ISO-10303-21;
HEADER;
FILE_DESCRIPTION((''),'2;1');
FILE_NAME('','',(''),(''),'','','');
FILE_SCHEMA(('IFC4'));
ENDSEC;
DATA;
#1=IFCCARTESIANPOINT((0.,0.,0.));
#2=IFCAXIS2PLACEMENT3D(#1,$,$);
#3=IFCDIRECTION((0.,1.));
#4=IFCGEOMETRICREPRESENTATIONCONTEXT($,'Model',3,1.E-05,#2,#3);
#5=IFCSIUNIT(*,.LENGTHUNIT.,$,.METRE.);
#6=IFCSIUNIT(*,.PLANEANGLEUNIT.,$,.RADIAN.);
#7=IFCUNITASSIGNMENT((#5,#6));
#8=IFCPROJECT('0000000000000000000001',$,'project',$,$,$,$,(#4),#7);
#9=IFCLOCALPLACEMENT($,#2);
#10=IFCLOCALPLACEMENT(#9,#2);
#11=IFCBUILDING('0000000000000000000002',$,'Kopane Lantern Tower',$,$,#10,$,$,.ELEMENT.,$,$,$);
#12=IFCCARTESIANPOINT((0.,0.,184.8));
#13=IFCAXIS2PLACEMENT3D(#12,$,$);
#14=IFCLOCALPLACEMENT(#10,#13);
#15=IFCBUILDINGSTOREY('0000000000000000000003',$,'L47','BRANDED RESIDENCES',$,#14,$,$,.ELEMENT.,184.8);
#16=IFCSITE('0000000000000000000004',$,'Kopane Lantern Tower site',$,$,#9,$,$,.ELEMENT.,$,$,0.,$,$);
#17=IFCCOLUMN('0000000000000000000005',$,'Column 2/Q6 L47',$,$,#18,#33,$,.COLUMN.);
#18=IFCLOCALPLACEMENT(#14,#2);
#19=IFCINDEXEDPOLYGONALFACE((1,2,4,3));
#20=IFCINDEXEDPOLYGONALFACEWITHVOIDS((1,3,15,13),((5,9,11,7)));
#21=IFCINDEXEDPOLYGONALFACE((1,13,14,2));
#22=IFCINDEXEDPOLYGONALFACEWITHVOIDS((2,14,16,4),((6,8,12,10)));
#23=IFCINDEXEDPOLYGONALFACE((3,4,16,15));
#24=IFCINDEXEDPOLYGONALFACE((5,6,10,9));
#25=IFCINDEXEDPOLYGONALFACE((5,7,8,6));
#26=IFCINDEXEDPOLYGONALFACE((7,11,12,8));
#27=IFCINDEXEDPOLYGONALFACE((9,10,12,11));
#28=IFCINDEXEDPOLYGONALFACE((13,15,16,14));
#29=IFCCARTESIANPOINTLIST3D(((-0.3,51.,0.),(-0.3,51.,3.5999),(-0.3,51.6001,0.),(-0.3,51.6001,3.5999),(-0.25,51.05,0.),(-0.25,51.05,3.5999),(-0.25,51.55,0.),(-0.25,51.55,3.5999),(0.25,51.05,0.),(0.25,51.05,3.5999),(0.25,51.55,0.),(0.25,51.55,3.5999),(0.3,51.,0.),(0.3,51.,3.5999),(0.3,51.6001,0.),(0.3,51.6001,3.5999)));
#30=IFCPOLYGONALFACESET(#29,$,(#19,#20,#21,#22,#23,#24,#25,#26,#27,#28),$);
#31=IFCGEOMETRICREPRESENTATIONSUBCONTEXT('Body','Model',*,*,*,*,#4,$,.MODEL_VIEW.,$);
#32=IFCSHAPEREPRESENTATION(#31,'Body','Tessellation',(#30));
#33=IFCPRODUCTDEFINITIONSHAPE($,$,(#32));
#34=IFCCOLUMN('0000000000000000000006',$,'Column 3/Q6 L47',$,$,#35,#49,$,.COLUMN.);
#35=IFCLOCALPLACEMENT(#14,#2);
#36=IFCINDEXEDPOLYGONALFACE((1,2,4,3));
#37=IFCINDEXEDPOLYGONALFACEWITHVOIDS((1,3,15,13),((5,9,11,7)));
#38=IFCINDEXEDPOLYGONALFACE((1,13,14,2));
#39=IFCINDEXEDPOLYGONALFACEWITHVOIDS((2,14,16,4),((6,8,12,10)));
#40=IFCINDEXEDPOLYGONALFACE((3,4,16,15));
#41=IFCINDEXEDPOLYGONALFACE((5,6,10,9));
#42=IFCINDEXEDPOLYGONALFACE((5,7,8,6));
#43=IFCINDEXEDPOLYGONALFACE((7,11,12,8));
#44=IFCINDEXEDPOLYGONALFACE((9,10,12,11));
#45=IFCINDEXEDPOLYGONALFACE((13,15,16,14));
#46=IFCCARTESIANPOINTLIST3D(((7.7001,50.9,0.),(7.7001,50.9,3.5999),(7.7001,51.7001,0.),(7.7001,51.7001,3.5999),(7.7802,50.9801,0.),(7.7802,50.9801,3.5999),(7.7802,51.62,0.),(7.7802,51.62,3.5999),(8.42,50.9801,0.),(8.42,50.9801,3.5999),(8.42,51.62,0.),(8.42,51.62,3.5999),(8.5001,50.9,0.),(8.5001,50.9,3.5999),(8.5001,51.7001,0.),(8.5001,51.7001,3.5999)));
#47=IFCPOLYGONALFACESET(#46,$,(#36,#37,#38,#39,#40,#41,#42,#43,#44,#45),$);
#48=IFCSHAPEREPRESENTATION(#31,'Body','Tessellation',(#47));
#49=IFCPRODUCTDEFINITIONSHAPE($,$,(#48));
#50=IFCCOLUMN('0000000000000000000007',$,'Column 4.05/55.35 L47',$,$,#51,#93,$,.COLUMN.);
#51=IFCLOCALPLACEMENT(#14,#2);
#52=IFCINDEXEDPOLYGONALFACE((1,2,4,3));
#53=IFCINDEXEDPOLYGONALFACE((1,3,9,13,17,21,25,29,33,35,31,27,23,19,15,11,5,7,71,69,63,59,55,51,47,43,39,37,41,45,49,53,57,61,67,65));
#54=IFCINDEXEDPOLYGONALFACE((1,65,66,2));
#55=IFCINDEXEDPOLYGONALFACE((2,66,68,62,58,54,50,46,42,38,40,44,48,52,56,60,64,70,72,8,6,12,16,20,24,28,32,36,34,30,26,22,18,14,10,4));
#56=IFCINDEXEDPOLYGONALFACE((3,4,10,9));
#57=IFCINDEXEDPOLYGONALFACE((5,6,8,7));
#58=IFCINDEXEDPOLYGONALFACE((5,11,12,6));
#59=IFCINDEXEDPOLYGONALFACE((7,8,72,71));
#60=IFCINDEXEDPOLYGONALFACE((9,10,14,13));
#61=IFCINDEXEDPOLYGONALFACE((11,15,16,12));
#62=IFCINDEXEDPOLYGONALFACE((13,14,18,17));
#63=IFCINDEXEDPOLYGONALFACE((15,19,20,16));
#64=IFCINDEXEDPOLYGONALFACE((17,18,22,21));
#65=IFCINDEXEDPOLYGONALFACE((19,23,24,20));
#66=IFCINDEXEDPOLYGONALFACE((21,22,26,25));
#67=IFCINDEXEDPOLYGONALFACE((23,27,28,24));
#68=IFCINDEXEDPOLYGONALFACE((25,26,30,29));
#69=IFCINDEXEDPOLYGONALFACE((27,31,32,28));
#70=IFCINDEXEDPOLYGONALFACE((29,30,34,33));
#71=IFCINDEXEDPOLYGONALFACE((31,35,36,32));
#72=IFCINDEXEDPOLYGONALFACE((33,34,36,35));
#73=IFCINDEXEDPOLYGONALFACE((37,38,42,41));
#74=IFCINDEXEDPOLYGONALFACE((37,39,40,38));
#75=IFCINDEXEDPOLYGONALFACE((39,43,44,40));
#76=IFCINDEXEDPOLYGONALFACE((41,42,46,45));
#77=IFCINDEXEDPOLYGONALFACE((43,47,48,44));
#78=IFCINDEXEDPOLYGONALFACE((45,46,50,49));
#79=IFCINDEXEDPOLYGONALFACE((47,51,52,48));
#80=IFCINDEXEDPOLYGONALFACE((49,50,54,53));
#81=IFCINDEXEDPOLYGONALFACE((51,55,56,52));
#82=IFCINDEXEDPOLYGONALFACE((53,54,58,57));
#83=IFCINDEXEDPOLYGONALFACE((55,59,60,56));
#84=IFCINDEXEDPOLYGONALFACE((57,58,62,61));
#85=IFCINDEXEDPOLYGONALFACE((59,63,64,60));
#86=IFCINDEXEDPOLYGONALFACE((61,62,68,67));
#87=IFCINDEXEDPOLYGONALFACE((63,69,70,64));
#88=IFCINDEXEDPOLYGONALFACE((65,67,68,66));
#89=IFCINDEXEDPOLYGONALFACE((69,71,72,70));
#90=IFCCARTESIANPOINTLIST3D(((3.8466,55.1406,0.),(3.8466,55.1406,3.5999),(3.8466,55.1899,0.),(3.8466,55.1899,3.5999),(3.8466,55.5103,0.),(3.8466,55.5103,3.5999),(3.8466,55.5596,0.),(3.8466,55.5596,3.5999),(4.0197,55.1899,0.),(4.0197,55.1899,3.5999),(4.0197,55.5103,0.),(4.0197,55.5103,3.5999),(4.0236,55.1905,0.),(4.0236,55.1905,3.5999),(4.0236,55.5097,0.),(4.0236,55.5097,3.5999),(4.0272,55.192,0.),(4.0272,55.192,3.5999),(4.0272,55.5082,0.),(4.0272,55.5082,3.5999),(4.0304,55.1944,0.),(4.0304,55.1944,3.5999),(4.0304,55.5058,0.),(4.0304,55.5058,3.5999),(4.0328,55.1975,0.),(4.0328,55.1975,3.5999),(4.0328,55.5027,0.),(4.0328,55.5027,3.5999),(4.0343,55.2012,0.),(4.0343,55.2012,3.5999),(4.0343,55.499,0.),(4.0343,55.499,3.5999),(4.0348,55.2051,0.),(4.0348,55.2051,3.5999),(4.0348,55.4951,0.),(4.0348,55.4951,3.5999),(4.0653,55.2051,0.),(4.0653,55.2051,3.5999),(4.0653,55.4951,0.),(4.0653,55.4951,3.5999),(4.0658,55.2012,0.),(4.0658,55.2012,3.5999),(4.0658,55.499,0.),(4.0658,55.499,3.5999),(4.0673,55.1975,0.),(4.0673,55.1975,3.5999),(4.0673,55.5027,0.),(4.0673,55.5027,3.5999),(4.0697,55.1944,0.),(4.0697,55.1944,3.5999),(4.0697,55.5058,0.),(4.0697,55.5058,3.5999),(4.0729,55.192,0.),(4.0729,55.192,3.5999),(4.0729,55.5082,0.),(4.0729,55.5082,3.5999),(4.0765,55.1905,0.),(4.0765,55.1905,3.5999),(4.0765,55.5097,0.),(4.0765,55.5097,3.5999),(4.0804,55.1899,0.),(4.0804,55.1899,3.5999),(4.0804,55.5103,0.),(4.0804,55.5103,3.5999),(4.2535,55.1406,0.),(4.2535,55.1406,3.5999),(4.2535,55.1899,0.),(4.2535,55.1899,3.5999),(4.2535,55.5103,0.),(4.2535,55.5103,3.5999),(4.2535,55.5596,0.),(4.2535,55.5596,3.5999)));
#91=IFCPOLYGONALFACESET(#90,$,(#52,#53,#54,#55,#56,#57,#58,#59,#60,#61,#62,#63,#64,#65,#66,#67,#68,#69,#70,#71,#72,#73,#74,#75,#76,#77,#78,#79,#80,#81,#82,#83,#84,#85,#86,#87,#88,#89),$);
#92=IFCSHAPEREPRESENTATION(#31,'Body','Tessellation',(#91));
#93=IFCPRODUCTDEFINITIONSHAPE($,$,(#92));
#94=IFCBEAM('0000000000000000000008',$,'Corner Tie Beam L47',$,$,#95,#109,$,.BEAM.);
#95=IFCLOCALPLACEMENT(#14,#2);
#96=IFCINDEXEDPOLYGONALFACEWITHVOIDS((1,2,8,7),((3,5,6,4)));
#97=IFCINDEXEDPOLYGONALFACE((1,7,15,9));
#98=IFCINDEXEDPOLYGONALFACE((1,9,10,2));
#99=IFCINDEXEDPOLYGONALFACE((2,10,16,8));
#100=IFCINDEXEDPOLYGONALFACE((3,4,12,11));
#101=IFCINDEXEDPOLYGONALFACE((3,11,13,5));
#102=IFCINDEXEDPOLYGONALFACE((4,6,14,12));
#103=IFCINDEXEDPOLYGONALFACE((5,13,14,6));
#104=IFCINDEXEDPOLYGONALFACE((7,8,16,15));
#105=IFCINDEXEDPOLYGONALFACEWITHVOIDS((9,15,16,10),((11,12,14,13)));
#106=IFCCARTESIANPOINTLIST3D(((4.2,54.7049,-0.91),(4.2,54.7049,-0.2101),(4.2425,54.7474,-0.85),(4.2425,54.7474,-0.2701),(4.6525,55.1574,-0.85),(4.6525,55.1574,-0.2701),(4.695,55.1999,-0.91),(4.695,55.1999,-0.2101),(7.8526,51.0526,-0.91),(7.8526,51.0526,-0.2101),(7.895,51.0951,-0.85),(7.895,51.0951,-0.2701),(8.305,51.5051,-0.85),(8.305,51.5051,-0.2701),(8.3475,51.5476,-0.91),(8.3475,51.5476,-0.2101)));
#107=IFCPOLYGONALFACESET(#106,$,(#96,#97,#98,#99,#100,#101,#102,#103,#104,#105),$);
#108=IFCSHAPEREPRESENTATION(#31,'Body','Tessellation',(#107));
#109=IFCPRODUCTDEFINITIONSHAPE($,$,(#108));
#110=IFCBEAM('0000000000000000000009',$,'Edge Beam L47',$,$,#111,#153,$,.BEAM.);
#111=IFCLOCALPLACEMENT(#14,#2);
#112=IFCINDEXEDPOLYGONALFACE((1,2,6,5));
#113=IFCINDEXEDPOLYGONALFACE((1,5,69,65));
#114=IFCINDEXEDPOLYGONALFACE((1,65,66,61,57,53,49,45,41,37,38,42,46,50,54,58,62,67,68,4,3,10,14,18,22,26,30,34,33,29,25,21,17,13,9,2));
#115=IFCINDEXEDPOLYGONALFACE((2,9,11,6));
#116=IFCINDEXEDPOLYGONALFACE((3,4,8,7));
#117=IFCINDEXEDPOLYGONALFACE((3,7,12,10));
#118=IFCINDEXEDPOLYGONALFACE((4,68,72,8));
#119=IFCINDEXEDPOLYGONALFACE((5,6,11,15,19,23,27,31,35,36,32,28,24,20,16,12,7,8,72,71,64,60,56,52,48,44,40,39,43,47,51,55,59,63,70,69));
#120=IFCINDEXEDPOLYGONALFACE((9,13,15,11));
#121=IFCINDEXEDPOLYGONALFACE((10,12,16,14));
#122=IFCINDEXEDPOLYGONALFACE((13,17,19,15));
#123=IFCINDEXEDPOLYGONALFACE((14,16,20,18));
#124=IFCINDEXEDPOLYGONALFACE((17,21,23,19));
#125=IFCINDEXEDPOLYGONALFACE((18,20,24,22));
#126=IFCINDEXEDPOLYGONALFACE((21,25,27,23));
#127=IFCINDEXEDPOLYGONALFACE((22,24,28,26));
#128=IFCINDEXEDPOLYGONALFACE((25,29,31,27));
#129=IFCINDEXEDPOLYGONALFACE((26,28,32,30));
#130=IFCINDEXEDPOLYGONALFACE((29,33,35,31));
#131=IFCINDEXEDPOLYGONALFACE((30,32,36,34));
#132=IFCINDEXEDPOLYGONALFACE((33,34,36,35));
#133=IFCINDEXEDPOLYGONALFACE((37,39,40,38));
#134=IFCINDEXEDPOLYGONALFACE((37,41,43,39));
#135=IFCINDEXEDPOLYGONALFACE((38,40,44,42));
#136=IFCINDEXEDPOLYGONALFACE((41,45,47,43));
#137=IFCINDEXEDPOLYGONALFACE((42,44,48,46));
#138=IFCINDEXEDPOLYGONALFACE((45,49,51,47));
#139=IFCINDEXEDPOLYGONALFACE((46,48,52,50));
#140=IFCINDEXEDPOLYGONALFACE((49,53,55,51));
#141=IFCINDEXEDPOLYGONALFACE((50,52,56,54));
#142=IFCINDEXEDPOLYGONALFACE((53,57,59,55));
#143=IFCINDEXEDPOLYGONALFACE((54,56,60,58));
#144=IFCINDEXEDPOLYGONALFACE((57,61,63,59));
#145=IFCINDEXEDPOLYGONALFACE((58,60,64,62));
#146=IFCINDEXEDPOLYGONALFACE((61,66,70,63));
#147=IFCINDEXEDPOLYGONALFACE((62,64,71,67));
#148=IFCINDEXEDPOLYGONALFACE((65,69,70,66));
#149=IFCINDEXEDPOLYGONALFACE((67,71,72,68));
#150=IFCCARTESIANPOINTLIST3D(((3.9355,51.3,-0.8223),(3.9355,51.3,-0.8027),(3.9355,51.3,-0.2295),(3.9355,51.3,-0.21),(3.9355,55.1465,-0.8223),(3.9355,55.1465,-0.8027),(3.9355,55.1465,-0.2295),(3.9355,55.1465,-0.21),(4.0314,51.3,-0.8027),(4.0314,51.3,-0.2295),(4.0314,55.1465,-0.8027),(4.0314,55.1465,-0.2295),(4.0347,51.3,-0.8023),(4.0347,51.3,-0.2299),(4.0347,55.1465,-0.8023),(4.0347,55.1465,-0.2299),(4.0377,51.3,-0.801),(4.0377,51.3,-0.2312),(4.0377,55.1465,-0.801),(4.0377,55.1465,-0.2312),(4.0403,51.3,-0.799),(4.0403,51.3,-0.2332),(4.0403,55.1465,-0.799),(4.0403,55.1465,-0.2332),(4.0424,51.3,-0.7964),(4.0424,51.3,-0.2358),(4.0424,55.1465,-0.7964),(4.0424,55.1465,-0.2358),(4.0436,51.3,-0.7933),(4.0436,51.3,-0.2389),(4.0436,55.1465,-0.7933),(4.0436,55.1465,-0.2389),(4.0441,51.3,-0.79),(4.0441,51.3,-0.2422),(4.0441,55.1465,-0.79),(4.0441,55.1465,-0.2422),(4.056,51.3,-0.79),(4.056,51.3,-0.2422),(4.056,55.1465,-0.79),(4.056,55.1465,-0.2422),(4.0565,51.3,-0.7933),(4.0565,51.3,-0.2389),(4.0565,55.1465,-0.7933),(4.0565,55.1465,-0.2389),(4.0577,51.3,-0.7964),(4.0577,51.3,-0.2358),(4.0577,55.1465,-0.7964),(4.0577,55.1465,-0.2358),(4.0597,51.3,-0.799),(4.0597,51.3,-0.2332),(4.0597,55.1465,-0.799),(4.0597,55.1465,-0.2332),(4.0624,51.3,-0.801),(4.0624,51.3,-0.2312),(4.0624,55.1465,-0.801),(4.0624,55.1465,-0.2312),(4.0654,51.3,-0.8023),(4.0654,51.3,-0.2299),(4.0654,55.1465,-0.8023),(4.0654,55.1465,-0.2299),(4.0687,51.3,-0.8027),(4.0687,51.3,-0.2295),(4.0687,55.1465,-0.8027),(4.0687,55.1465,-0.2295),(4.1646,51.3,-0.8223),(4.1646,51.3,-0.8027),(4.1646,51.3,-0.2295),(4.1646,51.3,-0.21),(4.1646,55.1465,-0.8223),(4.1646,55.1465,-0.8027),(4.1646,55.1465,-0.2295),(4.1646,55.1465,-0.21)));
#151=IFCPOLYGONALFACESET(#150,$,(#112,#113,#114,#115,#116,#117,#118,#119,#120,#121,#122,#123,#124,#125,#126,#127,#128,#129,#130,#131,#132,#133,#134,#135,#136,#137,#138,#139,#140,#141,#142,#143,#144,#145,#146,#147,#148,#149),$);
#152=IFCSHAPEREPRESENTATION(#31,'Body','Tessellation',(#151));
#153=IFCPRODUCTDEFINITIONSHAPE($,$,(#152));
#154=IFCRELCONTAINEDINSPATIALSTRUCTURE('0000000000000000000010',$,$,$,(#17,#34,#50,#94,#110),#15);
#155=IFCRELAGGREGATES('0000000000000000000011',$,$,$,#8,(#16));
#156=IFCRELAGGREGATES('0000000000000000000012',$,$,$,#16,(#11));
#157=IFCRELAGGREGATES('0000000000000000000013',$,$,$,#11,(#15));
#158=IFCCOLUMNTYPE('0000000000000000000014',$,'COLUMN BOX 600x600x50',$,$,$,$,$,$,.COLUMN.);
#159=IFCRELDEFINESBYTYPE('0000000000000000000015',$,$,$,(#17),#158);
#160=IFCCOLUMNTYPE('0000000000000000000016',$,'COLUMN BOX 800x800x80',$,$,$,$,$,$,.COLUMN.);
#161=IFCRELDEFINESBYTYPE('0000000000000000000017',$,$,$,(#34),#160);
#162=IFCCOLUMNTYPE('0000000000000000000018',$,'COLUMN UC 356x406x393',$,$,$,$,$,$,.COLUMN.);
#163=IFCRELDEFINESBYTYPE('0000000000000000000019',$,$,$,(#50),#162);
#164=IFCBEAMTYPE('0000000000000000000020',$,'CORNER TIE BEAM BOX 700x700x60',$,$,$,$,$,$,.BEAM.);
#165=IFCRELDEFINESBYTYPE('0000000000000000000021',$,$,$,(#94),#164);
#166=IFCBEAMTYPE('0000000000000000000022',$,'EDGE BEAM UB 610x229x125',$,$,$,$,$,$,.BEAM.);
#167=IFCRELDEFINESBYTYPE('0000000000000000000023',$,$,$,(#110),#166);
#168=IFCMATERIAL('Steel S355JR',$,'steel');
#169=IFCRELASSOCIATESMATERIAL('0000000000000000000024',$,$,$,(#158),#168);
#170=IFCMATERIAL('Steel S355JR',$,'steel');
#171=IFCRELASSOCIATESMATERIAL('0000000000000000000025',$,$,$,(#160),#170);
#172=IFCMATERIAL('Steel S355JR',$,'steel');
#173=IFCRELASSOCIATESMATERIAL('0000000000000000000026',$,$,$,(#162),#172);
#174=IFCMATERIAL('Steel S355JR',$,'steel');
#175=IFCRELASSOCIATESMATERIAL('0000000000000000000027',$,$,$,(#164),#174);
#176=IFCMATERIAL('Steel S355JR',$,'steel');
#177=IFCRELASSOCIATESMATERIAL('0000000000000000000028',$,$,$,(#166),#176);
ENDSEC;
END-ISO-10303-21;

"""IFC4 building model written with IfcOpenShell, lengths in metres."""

from ifc_helpers import new_model, si_unit, direction, frame, origin, origin_2d, place, context, subcontext, project, spatial, hollow_rectangle, i_section, extrude, material, material_profile, profile_set, type_object, element, save


model = new_model("IFC4")

# Units and contexts
model_context = context("Model", 3, precision=1e-05, world=origin(), true_north=direction((0.0, 1.0)))
body_context = subcontext(model_context, "Body", "Model", "MODEL_VIEW")
ifc_project = project(units=[si_unit("LENGTHUNIT", "METRE"), si_unit("PLANEANGLEUNIT", "RADIAN")], contexts=[model_context])

# Site, building, storey
site_placement = place(None, origin())
site = spatial("IfcSite", under=ifc_project, at=site_placement, Name="Kopane Lantern Tower site", CompositionType="ELEMENT", RefElevation=0.0)
building_placement = place(site_placement, origin())
building = spatial("IfcBuilding", under=site, at=building_placement, Name="Kopane Lantern Tower", CompositionType="ELEMENT")
storey_placement = place(building_placement, frame((0.0, 0.0, 184.8)))
storey = spatial("IfcBuildingStorey", under=building, at=storey_placement, Name="L47", Description="BRANDED RESIDENCES", CompositionType="ELEMENT", Elevation=184.8)

# Columns
ifc_material_1 = material(Name="Steel S355JR", Category="steel")
ifc_material_profile_1 = material_profile(ifc_material_1, hollow_rectangle(XDim=0.6001, YDim=0.6001, WallThickness=0.05, at=origin_2d()), Name="BOX 600x600x50")
ifc_profile_set_1 = profile_set([ifc_material_profile_1], Name="Steel S355JR")
column_type_1 = type_object("IfcColumnType", Name="COLUMN BOX 600x600x50", PredefinedType="COLUMN", material=ifc_profile_set_1)
column_1_placement = place(storey_placement, frame((0.0, 51.3, 0.0), z_axis=(0.0, 0.0, 1.0), x_axis=(1.0, 0.0, 0.0)))
element("IfcColumn", 1, at=column_1_placement, inside=storey, type_object=column_type_1, Name="Column 2/Q6 L47", PredefinedType="COLUMN", context=body_context, shape_type="SweptSolid", body=[
    extrude(hollow_rectangle(XDim=0.6001, YDim=0.6001, WallThickness=0.05, at=origin_2d()), origin(), (0.0, 0.0, 1.0), 3.5999),
])
ifc_material_2 = material(Name="Steel S355JR", Category="steel")
ifc_material_profile_2 = material_profile(ifc_material_2, hollow_rectangle(XDim=0.8, YDim=0.8, WallThickness=0.0801, at=origin_2d()), Name="BOX 800x800x80")
ifc_profile_set_2 = profile_set([ifc_material_profile_2], Name="Steel S355JR")
column_type_2 = type_object("IfcColumnType", Name="COLUMN BOX 800x800x80", PredefinedType="COLUMN", material=ifc_profile_set_2)
column_2_placement = place(storey_placement, frame((8.1001, 51.3, 0.0), z_axis=(0.0, 0.0, 1.0), x_axis=(1.0, 0.0, 0.0)))
element("IfcColumn", 2, at=column_2_placement, inside=storey, type_object=column_type_2, Name="Column 3/Q6 L47", PredefinedType="COLUMN", context=body_context, shape_type="SweptSolid", body=[
    extrude(hollow_rectangle(XDim=0.8, YDim=0.8, WallThickness=0.0801, at=origin_2d()), origin(), (0.0, 0.0, 1.0), 3.5999),
])
ifc_material_3 = material(Name="Steel S355JR", Category="steel")
ifc_material_profile_3 = material_profile(ifc_material_3, i_section(OverallWidth=0.407, OverallDepth=0.4189, WebThickness=0.0305, FlangeThickness=0.0493, FilletRadius=0.0151, at=origin_2d()), Name="UC 356x406x393")
ifc_profile_set_3 = profile_set([ifc_material_profile_3], Name="Steel S355JR")
column_type_3 = type_object("IfcColumnType", Name="COLUMN UC 356x406x393", PredefinedType="COLUMN", material=ifc_profile_set_3)
column_3_placement = place(storey_placement, frame((4.05, 55.3501, 0.0), z_axis=(0.0, 0.0, 1.0), x_axis=(1.0, 0.0, 0.0)))
element("IfcColumn", 3, at=column_3_placement, inside=storey, type_object=column_type_3, Name="Column 4.05/55.35 L47", PredefinedType="COLUMN", context=body_context, shape_type="SweptSolid", body=[
    extrude(i_section(OverallWidth=0.407, OverallDepth=0.4189, WebThickness=0.0305, FlangeThickness=0.0493, FilletRadius=0.0151, at=origin_2d()), origin(), (0.0, 0.0, 1.0), 3.5999),
])

# Beams
ifc_material_4 = material(Name="Steel S355JR", Category="steel")
ifc_material_profile_4 = material_profile(ifc_material_4, hollow_rectangle(XDim=0.7, YDim=0.7, WallThickness=0.0601, at=origin_2d()), Name="BOX 700x700x60")
ifc_profile_set_4 = profile_set([ifc_material_profile_4], Name="Steel S355JR")
beam_type_1 = type_object("IfcBeamType", Name="CORNER TIE BEAM BOX 700x700x60", PredefinedType="BEAM", material=ifc_profile_set_4)
beam_1_placement = place(storey_placement, frame((4.4475, 54.9524, -0.5601), z_axis=(0.70713, -0.707083, 0.0), x_axis=(0.707083, 0.70713, 0.0)))
element("IfcBeam", 4, at=beam_1_placement, inside=storey, type_object=beam_type_1, Name="Corner Tie Beam L47", PredefinedType="BEAM", context=body_context, shape_type="SweptSolid", body=[
    extrude(hollow_rectangle(XDim=0.7, YDim=0.7, WallThickness=0.0601, at=origin_2d()), origin(), (0.0, 0.0, 1.0), 5.1653),
])
ifc_material_5 = material(Name="Steel S355JR", Category="steel")
ifc_material_profile_5 = material_profile(ifc_material_5, i_section(OverallWidth=0.229, OverallDepth=0.6123, WebThickness=0.012, FlangeThickness=0.0195, FilletRadius=0.0127, at=origin_2d()), Name="UB 610x229x125")
ifc_profile_set_5 = profile_set([ifc_material_profile_5], Name="Steel S355JR")
beam_type_2 = type_object("IfcBeamType", Name="EDGE BEAM UB 610x229x125", PredefinedType="BEAM", material=ifc_profile_set_5)
beam_2_placement = place(storey_placement, frame((4.05, 55.1465, -0.5161), z_axis=(0.0, -1.0, 0.0), x_axis=(1.0, 0.0, 0.0)))
element("IfcBeam", 5, at=beam_2_placement, inside=storey, type_object=beam_type_2, Name="Edge Beam L47", PredefinedType="BEAM", context=body_context, shape_type="SweptSolid", body=[
    extrude(i_section(OverallWidth=0.229, OverallDepth=0.6123, WebThickness=0.012, FlangeThickness=0.0195, FilletRadius=0.0127, at=origin_2d()), origin(), (0.0, 0.0, 1.0), 3.8464),
])

save(model, "model.ifc")
